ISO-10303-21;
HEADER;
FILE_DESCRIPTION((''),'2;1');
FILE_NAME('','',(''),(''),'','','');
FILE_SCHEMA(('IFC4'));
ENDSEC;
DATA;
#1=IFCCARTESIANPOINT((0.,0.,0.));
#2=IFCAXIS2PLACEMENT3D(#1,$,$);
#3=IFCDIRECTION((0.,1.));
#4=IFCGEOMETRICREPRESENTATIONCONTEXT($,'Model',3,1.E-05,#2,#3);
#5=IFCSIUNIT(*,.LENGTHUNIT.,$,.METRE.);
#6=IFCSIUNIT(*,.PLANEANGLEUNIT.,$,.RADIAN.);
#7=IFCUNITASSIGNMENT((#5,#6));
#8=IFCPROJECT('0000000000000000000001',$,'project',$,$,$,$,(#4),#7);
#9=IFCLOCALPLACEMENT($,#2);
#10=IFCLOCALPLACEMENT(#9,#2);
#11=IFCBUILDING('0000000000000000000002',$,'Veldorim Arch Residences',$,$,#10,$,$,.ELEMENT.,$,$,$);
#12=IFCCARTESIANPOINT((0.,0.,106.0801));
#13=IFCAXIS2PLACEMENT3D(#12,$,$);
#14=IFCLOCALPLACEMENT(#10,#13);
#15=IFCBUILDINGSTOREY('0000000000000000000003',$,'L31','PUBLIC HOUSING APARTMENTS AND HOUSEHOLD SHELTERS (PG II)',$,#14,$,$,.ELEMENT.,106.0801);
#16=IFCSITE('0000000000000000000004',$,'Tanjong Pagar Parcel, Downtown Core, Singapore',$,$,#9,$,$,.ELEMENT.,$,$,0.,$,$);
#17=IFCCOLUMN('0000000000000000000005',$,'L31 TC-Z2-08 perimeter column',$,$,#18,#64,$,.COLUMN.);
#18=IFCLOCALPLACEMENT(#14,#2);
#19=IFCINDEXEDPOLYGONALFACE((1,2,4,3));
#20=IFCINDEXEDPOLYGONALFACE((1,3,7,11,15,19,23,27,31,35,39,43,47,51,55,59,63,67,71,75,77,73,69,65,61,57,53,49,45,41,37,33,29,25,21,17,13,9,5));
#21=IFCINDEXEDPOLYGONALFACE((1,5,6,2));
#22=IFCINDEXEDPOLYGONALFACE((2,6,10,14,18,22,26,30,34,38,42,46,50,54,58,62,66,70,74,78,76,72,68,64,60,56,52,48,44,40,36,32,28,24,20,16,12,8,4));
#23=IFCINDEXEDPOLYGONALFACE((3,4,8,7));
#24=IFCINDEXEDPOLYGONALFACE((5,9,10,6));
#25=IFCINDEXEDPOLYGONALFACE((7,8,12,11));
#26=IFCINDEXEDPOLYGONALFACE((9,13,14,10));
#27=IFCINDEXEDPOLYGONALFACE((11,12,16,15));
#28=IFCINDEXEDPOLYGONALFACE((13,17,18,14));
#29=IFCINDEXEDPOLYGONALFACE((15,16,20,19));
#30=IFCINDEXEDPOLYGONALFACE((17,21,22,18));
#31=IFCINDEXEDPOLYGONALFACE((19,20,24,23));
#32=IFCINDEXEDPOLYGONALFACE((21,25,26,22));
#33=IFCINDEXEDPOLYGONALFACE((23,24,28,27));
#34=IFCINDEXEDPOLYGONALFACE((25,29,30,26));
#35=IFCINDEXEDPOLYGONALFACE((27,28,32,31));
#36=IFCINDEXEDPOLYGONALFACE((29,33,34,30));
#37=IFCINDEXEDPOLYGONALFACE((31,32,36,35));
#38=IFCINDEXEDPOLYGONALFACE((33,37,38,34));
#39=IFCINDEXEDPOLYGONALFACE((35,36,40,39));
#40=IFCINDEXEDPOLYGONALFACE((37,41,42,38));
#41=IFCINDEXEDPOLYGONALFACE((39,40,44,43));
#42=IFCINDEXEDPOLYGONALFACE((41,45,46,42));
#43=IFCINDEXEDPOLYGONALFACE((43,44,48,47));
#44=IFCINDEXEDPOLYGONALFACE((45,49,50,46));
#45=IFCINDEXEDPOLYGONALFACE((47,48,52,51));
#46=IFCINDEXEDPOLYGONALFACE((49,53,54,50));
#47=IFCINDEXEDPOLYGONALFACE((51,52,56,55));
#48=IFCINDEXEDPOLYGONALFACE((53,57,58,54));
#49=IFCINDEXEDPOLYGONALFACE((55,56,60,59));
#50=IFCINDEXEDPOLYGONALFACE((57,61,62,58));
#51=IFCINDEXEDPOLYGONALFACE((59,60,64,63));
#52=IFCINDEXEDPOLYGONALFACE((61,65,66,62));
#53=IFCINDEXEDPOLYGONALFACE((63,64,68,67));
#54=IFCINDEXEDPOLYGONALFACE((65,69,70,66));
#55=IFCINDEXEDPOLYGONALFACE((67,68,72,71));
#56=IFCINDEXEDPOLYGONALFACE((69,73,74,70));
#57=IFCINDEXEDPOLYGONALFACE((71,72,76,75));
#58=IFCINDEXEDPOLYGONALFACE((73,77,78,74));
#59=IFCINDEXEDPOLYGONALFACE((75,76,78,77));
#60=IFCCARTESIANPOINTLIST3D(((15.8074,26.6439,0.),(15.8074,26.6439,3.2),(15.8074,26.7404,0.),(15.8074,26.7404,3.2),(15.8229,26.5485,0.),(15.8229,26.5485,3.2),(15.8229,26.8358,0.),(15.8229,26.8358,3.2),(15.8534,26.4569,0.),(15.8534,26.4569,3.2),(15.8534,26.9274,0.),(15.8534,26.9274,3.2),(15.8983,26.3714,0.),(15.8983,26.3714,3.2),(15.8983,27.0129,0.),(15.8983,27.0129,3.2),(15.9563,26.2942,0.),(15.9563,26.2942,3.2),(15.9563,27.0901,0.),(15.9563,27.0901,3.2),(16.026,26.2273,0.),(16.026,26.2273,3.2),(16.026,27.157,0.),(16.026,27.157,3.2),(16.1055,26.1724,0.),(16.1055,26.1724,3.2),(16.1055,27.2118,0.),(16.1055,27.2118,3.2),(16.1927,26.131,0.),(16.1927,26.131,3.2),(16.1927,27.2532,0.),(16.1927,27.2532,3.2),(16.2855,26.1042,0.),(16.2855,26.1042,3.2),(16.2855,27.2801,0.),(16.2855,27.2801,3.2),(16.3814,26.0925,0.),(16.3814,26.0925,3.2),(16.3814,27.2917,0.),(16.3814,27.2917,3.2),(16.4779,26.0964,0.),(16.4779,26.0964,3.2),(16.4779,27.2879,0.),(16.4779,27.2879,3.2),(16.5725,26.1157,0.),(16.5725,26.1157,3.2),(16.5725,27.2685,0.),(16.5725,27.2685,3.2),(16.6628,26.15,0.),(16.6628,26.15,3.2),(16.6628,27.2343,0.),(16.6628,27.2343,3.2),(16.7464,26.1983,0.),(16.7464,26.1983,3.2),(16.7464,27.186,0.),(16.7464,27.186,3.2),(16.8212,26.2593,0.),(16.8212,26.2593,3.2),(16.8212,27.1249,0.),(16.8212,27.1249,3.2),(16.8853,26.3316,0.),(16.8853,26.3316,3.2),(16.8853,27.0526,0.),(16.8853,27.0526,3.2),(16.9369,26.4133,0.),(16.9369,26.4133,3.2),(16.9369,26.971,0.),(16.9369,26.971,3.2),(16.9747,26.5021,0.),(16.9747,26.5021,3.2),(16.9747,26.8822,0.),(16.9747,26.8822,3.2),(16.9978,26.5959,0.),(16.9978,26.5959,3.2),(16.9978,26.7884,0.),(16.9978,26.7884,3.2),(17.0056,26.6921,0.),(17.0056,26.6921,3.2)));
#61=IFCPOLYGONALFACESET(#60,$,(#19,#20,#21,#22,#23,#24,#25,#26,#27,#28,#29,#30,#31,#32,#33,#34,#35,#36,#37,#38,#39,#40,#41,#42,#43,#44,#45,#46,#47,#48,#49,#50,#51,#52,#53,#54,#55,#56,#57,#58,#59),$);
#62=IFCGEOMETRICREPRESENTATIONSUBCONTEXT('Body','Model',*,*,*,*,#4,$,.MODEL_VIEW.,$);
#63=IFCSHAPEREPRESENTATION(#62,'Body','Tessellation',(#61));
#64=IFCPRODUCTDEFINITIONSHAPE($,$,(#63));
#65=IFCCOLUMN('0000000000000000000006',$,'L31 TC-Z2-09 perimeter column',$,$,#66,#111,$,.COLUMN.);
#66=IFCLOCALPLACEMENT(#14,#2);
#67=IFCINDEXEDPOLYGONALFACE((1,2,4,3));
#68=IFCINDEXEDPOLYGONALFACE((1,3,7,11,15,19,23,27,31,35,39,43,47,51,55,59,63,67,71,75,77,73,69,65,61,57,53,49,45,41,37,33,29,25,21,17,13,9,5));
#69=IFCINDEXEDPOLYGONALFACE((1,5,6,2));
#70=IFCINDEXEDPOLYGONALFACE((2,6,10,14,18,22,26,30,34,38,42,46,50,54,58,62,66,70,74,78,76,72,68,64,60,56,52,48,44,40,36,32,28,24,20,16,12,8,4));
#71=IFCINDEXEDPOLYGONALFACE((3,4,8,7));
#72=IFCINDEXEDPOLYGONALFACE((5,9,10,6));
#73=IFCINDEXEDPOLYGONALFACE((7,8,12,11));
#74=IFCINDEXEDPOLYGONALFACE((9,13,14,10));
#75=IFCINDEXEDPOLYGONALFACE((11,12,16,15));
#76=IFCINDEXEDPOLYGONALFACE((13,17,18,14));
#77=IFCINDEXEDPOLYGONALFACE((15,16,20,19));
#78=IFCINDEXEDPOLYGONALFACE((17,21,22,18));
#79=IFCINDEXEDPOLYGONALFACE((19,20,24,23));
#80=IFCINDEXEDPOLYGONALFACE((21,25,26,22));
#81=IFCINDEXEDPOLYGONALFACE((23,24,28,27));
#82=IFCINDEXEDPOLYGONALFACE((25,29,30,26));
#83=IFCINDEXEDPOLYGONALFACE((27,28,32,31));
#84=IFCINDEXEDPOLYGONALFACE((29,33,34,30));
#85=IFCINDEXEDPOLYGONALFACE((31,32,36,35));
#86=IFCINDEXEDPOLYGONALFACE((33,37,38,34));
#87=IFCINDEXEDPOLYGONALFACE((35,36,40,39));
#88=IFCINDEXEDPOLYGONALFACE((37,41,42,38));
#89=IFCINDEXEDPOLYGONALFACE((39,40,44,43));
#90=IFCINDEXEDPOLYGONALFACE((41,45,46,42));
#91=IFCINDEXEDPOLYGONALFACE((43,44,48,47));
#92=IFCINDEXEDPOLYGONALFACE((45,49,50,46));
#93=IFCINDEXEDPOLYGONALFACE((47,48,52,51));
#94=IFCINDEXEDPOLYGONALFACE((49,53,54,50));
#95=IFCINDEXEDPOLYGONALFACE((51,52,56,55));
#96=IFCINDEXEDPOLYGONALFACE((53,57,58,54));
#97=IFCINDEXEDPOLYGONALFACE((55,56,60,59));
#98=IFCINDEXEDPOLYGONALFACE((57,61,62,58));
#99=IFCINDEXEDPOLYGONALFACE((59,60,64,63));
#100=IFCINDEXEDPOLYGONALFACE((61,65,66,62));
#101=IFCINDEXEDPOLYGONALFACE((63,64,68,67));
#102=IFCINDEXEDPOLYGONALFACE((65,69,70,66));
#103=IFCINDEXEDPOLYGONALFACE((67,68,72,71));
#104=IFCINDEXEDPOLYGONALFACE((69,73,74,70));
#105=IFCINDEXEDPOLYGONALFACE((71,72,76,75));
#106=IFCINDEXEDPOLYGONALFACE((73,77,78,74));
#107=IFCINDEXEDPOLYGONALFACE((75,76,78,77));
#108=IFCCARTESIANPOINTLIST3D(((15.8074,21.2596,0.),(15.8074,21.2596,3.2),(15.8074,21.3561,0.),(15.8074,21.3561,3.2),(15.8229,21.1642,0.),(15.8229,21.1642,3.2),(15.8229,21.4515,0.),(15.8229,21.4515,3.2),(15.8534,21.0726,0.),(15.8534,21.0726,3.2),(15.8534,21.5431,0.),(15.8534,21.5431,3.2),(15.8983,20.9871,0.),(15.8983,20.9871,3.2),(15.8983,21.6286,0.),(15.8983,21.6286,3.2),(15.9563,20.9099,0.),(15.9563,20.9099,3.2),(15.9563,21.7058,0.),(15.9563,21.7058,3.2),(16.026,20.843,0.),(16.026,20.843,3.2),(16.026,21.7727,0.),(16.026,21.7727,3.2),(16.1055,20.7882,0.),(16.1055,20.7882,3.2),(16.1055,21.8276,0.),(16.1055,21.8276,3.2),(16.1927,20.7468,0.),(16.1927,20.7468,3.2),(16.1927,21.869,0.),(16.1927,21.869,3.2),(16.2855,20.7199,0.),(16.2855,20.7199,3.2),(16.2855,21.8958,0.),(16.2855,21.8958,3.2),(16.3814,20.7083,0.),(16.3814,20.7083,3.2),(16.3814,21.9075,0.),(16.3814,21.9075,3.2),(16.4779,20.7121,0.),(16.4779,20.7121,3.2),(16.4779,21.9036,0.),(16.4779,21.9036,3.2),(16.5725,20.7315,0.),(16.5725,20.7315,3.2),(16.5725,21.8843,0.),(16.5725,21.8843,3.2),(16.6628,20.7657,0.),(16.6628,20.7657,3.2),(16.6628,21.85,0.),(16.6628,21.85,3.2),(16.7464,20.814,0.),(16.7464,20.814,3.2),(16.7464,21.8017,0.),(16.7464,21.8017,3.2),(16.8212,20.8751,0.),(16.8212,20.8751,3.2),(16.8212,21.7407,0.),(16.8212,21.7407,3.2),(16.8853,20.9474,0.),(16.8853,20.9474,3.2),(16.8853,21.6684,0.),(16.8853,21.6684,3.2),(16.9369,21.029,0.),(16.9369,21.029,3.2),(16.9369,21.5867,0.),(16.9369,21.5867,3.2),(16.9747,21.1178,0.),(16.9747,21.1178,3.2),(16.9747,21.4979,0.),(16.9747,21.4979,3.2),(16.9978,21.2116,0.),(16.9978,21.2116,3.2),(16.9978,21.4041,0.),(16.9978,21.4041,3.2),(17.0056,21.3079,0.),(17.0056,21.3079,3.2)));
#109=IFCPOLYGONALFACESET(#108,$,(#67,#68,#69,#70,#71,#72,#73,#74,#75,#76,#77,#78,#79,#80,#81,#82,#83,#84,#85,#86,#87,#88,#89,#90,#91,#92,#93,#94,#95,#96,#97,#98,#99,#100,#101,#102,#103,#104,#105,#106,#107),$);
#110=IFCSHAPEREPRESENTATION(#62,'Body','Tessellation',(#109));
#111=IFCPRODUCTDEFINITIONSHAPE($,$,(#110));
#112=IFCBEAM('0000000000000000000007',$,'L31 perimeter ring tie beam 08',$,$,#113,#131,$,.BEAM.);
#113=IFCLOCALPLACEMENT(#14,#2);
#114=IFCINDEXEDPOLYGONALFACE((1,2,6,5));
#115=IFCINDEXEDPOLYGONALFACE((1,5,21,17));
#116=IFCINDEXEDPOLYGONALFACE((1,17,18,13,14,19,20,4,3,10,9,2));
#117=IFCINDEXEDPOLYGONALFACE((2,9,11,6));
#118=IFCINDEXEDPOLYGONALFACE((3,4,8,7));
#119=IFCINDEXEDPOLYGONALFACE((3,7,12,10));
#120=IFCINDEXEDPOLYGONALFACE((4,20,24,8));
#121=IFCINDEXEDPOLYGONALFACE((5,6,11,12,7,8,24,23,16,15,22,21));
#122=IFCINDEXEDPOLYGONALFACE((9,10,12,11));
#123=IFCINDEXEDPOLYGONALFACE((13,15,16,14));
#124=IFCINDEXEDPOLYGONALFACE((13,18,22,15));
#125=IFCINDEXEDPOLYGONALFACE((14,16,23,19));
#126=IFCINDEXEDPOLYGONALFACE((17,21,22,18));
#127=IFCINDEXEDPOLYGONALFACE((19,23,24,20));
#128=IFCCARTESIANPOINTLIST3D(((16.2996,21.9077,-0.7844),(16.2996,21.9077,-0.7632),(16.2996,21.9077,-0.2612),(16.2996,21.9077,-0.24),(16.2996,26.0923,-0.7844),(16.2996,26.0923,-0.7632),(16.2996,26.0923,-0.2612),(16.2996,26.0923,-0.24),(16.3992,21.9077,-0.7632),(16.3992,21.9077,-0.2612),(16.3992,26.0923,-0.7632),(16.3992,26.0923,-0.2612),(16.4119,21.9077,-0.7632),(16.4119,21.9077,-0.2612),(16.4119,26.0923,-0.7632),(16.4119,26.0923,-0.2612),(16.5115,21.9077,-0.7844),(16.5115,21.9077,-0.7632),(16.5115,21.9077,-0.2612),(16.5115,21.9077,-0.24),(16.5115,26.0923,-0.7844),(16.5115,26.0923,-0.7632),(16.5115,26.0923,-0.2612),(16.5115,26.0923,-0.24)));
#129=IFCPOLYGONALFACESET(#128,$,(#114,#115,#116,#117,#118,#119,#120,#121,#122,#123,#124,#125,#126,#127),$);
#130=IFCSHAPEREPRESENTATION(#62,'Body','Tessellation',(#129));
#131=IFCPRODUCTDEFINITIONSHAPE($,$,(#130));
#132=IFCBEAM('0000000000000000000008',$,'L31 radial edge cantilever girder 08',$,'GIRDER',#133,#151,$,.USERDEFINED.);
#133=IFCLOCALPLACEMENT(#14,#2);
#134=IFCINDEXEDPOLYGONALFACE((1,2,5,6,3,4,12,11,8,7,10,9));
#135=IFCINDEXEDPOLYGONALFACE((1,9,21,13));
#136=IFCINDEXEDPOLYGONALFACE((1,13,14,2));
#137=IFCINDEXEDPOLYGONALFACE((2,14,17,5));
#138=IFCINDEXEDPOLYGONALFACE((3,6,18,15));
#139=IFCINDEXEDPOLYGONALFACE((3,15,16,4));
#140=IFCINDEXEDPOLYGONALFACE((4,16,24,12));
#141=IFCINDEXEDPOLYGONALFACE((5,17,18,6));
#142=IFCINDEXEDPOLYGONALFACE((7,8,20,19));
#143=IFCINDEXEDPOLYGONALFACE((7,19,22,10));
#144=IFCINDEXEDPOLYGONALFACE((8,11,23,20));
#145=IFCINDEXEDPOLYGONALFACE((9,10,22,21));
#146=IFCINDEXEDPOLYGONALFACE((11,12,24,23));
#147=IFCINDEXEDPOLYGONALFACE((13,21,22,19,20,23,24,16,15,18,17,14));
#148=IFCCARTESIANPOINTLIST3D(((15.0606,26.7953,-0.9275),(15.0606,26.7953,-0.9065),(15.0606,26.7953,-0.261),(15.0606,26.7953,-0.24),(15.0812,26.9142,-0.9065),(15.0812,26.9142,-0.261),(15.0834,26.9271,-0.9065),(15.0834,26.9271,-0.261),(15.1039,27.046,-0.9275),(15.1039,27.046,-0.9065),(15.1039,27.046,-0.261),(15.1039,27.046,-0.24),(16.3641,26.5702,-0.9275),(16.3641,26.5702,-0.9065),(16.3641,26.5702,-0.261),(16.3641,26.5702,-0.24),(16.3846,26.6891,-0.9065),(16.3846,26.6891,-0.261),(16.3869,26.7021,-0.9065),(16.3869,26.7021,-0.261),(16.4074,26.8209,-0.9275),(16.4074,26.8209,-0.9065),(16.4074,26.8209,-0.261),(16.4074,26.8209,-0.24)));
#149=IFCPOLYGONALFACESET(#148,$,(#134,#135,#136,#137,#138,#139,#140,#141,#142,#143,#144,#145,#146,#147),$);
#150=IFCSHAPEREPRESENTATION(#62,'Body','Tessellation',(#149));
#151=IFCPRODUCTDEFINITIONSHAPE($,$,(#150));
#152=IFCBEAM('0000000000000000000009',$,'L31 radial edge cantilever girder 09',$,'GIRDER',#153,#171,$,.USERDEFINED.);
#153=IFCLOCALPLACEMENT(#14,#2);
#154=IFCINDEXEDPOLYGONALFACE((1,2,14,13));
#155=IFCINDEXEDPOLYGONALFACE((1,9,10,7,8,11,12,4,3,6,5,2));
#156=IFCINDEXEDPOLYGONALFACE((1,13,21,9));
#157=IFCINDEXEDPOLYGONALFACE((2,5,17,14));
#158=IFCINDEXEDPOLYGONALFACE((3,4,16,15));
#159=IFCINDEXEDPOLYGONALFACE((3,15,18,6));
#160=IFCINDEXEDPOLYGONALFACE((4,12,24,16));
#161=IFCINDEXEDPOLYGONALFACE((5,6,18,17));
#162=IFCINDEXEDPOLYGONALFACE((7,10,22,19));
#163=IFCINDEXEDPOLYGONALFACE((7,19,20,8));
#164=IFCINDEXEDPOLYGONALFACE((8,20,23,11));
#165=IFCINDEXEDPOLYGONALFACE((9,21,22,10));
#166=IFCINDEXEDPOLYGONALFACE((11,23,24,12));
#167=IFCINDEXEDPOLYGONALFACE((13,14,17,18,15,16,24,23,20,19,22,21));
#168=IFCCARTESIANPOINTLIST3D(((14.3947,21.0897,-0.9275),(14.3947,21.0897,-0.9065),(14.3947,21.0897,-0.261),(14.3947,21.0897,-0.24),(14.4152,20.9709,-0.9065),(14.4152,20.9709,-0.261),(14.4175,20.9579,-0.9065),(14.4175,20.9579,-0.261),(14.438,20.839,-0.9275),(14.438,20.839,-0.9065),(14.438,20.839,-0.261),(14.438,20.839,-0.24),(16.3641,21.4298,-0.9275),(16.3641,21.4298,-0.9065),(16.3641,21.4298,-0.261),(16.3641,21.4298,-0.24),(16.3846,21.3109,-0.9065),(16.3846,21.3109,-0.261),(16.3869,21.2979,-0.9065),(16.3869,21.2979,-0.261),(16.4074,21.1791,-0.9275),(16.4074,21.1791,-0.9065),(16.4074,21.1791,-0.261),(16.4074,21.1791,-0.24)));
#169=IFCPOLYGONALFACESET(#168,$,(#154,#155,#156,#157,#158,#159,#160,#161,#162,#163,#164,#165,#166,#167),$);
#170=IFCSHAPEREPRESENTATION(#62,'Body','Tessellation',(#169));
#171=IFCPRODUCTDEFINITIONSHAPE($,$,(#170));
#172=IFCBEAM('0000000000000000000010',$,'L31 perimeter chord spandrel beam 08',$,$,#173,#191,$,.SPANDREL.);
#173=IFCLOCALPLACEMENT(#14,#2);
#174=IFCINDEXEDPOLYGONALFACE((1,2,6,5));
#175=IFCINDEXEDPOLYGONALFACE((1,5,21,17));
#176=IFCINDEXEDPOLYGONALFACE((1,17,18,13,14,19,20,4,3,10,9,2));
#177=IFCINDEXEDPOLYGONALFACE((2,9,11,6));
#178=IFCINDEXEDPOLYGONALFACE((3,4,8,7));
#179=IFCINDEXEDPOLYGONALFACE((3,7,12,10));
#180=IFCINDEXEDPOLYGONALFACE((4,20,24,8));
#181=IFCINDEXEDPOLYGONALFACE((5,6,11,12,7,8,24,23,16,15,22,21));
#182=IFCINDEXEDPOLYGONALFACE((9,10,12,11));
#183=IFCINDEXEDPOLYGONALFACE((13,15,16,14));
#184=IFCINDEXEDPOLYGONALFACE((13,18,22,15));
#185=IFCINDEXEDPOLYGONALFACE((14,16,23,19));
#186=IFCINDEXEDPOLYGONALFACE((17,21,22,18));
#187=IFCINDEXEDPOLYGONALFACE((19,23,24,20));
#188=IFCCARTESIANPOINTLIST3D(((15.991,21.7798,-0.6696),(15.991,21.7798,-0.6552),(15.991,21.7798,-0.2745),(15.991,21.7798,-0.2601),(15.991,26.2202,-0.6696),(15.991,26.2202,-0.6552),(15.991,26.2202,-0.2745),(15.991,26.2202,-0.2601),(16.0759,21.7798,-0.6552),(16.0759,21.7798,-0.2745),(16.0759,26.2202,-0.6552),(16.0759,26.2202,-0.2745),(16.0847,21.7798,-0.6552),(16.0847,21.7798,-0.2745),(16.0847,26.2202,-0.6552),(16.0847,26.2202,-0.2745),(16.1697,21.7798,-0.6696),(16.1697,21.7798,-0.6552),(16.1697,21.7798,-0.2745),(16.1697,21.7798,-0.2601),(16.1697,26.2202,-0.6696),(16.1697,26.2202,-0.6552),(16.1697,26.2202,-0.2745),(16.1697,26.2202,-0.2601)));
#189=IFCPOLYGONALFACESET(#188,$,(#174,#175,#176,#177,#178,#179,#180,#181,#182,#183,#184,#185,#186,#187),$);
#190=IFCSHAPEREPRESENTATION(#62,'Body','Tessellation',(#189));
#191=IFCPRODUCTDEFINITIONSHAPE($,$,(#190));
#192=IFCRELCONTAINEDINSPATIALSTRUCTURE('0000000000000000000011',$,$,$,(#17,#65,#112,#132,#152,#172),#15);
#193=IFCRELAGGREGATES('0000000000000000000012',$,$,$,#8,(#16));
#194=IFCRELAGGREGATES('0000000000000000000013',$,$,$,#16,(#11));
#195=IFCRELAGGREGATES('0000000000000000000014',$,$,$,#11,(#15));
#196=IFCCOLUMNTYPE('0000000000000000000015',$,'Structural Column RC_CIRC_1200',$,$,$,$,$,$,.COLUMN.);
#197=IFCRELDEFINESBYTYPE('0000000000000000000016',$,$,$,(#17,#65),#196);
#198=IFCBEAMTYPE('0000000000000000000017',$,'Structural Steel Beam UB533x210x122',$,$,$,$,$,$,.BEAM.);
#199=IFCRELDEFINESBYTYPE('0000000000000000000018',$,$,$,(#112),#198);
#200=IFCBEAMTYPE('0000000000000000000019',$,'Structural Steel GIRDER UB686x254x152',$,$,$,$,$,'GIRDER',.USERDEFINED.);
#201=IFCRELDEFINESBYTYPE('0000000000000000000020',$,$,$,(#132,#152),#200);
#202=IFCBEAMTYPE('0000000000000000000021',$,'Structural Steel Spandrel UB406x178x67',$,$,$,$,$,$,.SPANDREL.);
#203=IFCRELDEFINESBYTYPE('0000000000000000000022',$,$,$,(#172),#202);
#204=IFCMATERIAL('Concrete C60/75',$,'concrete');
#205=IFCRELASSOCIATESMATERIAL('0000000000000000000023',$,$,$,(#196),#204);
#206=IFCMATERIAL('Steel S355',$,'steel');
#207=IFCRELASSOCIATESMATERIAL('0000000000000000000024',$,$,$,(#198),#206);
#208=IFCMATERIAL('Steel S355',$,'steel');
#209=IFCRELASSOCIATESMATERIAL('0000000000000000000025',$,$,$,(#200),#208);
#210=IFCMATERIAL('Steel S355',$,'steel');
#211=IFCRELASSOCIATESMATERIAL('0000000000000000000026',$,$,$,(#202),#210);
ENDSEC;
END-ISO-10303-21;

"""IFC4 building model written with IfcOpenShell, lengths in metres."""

from ifc_helpers import new_model, si_unit, direction, frame, origin, origin_2d, place, context, subcontext, project, spatial, circle, i_section, extrude, material, material_profile, profile_set, type_object, element, save


model = new_model("IFC4")

# Units and contexts
model_context = context("Model", 3, precision=1e-05, world=origin(), true_north=direction((0.0, 1.0)))
body_context = subcontext(model_context, "Body", "Model", "MODEL_VIEW")
ifc_project = project(units=[si_unit("LENGTHUNIT", "METRE"), si_unit("PLANEANGLEUNIT", "RADIAN")], contexts=[model_context])

# Site, building, storey
site_placement = place(None, origin())
site = spatial("IfcSite", under=ifc_project, at=site_placement, Name="Tanjong Pagar Parcel, Downtown Core, Singapore", CompositionType="ELEMENT", RefElevation=0.0)
building_placement = place(site_placement, origin())
building = spatial("IfcBuilding", under=site, at=building_placement, Name="Veldorim Arch Residences", CompositionType="ELEMENT")
storey_placement = place(building_placement, frame((0.0, 0.0, 106.0801)))
storey = spatial("IfcBuildingStorey", under=building, at=storey_placement, Name="L31", Description="PUBLIC HOUSING APARTMENTS AND HOUSEHOLD SHELTERS (PG II)", CompositionType="ELEMENT", Elevation=106.0801)

# Columns
ifc_material_1 = material(Name="Concrete C60/75", Category="concrete")
ifc_material_profile_1 = material_profile(ifc_material_1, circle(Radius=0.6001, at=origin_2d()), Name="RC_CIRC_1200")
ifc_profile_set_1 = profile_set([ifc_material_profile_1], Name="Concrete C60/75")
column_type = type_object("IfcColumnType", Name="Structural Column RC_CIRC_1200", PredefinedType="COLUMN", material=ifc_profile_set_1)
for number, where, z_axis, x_axis, name in (
    (1, (16.4055, 26.6921, 0.0), (0.0, 0.0, 1.0), (1.0, 0.0, 0.0), "L31 TC-Z2-08 perimeter column"),
    (2, (16.4055, 21.3079, 0.0), (0.0, 0.0, 1.0), (1.0, 0.0, 0.0), "L31 TC-Z2-09 perimeter column"),
):
    element("IfcColumn", number, at=place(storey_placement, frame(where, z_axis=z_axis, x_axis=x_axis)), inside=storey, type_object=column_type, Name=name, PredefinedType="COLUMN", context=body_context, shape_type="SweptSolid", body=[
        extrude(circle(Radius=0.6001, at=origin_2d()), origin(), (0.0, 0.0, 1.0), 3.2),
    ])

# Beams
ifc_material_2 = material(Name="Steel S355", Category="steel")
ifc_material_profile_2 = material_profile(ifc_material_2, i_section(OverallWidth=0.2119, OverallDepth=0.5444, WebThickness=0.0127, FlangeThickness=0.0212, at=origin_2d()), Name="UB533x210x122")
ifc_profile_set_2 = profile_set([ifc_material_profile_2], Name="Steel S355")
beam_type_1 = type_object("IfcBeamType", Name="Structural Steel Beam UB533x210x122", PredefinedType="BEAM", material=ifc_profile_set_2)
beam_1_placement = place(storey_placement, frame((16.4055, 26.0923, -0.5122), z_axis=(0.0, -1.0, 0.0), x_axis=(1.0, 0.0, 0.0)))
element("IfcBeam", 3, at=beam_1_placement, inside=storey, type_object=beam_type_1, Name="L31 perimeter ring tie beam 08", PredefinedType="BEAM", context=body_context, shape_type="SweptSolid", body=[
    extrude(i_section(OverallWidth=0.2119, OverallDepth=0.5444, WebThickness=0.0127, FlangeThickness=0.0212, at=origin_2d()), origin(), (0.0, 0.0, 1.0), 4.1846),
])
ifc_material_3 = material(Name="Steel S355", Category="steel")
ifc_material_profile_3 = material_profile(ifc_material_3, i_section(OverallWidth=0.2544, OverallDepth=0.6875, WebThickness=0.0132, FlangeThickness=0.021, at=origin_2d()), Name="UB686x254x152")
ifc_profile_set_3 = profile_set([ifc_material_profile_3], Name="Steel S355")
beam_type_2 = type_object("IfcBeamType", Name="Structural Steel GIRDER UB686x254x152", ElementType="GIRDER", PredefinedType="USERDEFINED", material=ifc_profile_set_3)
beam_2_placement = place(storey_placement, frame((16.3857, 26.6956, -0.5837), z_axis=(-0.985414, 0.170173, 0.0), x_axis=(-0.170173, -0.985414, 0.0)))
element("IfcBeam", 4, at=beam_2_placement, inside=storey, type_object=beam_type_2, Name="L31 radial edge cantilever girder 08", ObjectType="GIRDER", PredefinedType="USERDEFINED", context=body_context, shape_type="SweptSolid", body=[
    extrude(i_section(OverallWidth=0.2544, OverallDepth=0.6875, WebThickness=0.0132, FlangeThickness=0.021, at=origin_2d()), origin(), (0.0, 0.0, 1.0), 1.3228),
])
beam_3_placement = place(storey_placement, frame((16.3857, 21.3044, -0.5837), z_axis=(-0.985416, -0.170161, 0.0), x_axis=(0.170161, -0.985416, 0.0)))
element("IfcBeam", 5, at=beam_3_placement, inside=storey, type_object=beam_type_2, Name="L31 radial edge cantilever girder 09", ObjectType="GIRDER", PredefinedType="USERDEFINED", context=body_context, shape_type="SweptSolid", body=[
    extrude(i_section(OverallWidth=0.2544, OverallDepth=0.6875, WebThickness=0.0132, FlangeThickness=0.021, at=origin_2d()), origin(), (0.0, 0.0, 1.0), 1.9985),
])
ifc_material_4 = material(Name="Steel S355", Category="steel")
ifc_material_profile_4 = material_profile(ifc_material_4, i_section(OverallWidth=0.1787, OverallDepth=0.4094, WebThickness=0.0088, FlangeThickness=0.0144, at=origin_2d()), Name="UB406x178x67")
ifc_profile_set_4 = profile_set([ifc_material_profile_4], Name="Steel S355")
beam_type_3 = type_object("IfcBeamType", Name="Structural Steel Spandrel UB406x178x67", PredefinedType="SPANDREL", material=ifc_profile_set_4)
beam_4_placement = place(storey_placement, frame((16.0803, 26.2202, -0.4648), z_axis=(0.0, -1.0, 0.0), x_axis=(1.0, 0.0, 0.0)))
element("IfcBeam", 6, at=beam_4_placement, inside=storey, type_object=beam_type_3, Name="L31 perimeter chord spandrel beam 08", PredefinedType="SPANDREL", context=body_context, shape_type="SweptSolid", body=[
    extrude(i_section(OverallWidth=0.1787, OverallDepth=0.4094, WebThickness=0.0088, FlangeThickness=0.0144, at=origin_2d()), origin(), (0.0, 0.0, 1.0), 4.4404),
])

save(model, "model.ifc")
